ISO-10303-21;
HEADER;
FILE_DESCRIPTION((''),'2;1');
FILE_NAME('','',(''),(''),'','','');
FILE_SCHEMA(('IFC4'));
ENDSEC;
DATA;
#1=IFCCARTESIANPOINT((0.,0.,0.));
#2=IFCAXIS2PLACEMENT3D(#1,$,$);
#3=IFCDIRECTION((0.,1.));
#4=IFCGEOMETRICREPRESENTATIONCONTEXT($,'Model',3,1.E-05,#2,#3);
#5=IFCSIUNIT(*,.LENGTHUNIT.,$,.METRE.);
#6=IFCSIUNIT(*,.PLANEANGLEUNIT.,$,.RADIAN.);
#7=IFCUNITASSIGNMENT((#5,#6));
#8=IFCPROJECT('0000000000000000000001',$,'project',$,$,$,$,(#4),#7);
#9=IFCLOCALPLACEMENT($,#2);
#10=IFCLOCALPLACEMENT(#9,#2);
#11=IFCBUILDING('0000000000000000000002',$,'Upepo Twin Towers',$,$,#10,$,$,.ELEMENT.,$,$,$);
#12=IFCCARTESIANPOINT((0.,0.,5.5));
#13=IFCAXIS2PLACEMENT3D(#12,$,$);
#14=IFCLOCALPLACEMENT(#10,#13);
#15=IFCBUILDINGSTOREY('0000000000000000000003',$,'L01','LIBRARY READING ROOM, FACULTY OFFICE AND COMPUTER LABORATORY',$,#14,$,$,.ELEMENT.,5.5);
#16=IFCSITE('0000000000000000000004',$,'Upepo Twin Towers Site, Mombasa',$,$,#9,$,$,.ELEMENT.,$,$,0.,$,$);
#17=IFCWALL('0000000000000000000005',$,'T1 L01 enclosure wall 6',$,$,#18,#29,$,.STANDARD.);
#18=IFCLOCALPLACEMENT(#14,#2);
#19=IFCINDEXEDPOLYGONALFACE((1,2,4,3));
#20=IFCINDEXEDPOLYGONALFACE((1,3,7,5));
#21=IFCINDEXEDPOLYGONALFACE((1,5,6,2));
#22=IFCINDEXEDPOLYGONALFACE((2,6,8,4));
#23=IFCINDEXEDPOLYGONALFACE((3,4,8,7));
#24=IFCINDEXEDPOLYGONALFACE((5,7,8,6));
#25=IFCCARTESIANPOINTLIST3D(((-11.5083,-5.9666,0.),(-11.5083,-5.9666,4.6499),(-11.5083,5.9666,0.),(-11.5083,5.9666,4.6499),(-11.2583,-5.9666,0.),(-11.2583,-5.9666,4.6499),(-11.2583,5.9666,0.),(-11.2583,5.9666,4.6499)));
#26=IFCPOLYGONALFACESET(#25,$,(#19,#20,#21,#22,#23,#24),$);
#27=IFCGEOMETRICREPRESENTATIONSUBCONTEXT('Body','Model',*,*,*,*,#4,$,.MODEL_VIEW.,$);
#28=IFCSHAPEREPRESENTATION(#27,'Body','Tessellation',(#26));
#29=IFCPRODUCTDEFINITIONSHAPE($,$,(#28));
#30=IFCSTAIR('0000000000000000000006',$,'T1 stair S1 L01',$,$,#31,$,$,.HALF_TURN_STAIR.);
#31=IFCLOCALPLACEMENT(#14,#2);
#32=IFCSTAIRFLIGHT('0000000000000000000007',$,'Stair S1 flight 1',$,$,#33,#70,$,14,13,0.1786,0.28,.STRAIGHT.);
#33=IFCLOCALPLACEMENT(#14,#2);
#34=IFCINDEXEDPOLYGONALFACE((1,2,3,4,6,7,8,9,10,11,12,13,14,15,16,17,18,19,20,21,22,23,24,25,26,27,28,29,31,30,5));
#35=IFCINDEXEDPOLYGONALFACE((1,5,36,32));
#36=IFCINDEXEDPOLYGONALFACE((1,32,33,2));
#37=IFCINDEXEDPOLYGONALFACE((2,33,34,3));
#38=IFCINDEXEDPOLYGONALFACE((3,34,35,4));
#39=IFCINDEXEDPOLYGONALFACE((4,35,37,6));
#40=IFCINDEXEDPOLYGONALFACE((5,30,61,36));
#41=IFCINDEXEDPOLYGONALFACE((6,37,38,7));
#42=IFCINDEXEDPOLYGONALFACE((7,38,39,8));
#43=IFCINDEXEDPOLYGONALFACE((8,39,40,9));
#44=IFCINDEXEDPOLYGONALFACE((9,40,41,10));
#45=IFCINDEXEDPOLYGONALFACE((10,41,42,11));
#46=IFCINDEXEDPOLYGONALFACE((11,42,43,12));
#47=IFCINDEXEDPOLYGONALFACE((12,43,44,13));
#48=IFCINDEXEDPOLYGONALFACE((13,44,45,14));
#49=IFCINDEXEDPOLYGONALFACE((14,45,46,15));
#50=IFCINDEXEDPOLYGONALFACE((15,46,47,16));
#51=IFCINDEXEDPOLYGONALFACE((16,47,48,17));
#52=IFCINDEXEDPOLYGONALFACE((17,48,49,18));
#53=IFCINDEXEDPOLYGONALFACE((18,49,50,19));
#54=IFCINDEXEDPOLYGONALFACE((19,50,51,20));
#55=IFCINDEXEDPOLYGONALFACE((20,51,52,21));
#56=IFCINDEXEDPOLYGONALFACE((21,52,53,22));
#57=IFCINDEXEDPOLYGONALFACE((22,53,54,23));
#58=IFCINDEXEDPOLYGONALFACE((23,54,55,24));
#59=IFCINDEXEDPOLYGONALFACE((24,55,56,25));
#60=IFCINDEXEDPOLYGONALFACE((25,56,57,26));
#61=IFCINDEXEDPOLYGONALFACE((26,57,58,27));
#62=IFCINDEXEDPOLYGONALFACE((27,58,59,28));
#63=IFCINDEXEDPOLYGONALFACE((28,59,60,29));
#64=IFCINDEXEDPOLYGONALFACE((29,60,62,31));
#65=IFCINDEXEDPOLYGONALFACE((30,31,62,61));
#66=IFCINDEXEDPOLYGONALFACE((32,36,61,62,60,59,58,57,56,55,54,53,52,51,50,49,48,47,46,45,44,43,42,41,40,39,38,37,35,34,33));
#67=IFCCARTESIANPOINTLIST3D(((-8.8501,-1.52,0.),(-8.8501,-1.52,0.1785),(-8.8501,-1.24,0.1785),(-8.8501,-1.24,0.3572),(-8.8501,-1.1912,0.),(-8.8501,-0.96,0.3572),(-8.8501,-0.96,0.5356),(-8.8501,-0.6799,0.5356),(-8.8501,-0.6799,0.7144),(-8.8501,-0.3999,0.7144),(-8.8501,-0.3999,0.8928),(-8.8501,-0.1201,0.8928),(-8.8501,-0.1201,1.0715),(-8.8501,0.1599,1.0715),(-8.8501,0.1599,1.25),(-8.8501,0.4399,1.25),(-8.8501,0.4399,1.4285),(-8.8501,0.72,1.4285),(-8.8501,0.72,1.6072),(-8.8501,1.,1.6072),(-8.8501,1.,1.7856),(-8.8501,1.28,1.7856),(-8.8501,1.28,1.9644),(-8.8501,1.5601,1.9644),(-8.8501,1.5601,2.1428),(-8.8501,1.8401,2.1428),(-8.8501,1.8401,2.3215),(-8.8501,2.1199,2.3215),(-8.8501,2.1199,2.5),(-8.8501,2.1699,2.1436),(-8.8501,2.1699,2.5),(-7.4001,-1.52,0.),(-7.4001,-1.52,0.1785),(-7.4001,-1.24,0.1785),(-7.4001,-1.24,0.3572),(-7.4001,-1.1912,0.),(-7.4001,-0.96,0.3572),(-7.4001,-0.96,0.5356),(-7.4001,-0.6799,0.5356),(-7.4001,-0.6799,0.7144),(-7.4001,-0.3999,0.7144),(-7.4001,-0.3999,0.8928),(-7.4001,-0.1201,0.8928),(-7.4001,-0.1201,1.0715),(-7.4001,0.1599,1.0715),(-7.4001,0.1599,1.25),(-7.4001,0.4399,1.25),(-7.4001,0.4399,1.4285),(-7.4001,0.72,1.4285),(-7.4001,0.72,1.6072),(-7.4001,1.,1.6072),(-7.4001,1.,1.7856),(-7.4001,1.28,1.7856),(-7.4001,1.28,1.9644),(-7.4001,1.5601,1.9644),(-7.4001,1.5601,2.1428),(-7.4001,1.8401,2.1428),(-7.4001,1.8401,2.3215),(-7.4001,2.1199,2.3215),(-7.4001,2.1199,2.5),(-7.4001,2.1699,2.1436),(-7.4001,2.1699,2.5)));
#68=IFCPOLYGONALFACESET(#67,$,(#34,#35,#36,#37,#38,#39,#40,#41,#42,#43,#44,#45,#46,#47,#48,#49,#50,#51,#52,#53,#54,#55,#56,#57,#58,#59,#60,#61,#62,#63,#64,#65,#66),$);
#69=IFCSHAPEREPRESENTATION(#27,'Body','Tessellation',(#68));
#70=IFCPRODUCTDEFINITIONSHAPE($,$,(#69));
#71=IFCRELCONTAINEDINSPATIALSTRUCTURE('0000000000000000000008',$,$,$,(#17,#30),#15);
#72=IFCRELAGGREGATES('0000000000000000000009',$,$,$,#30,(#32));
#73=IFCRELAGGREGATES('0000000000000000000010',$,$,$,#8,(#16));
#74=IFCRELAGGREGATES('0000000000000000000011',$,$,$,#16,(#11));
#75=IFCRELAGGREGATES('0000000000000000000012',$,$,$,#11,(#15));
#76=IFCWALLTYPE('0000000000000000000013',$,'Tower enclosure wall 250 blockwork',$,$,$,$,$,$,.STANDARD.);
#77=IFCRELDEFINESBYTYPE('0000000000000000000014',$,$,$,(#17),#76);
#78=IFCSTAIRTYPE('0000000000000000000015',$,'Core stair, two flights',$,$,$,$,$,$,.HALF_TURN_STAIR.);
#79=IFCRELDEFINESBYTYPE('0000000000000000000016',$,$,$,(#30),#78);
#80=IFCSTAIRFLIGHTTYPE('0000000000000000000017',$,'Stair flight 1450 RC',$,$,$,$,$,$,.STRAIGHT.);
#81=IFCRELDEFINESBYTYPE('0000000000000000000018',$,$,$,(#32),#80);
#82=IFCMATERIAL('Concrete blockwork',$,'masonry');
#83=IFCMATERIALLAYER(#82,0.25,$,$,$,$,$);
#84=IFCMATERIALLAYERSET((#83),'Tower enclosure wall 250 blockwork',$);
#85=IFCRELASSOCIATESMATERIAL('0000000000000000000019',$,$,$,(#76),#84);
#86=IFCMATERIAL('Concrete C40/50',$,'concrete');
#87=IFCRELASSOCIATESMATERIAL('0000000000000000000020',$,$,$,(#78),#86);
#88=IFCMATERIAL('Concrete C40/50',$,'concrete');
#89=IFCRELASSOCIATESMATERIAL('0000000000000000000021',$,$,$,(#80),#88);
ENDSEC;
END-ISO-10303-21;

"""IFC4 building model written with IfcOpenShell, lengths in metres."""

from ifc_helpers import new_model, si_unit, direction, frame, frame_2d, origin, place, context, subcontext, project, spatial, polyline, rectangle, outline, extrude, material, layer, layer_set, type_object, element, aggregate, save


model = new_model("IFC4")

# Units and contexts
model_context = context("Model", 3, precision=1e-05, world=origin(), true_north=direction((0.0, 1.0)))
body_context = subcontext(model_context, "Body", "Model", "MODEL_VIEW")
ifc_project = project(units=[si_unit("LENGTHUNIT", "METRE"), si_unit("PLANEANGLEUNIT", "RADIAN")], contexts=[model_context])

# Site, building, storey
site_placement = place(None, origin())
site = spatial("IfcSite", under=ifc_project, at=site_placement, Name="Upepo Twin Towers Site, Mombasa", CompositionType="ELEMENT", RefElevation=0.0)
building_placement = place(site_placement, origin())
building = spatial("IfcBuilding", under=site, at=building_placement, Name="Upepo Twin Towers", CompositionType="ELEMENT")
storey_placement = place(building_placement, frame((0.0, 0.0, 5.5)))
storey = spatial("IfcBuildingStorey", under=building, at=storey_placement, Name="L01", Description="LIBRARY READING ROOM, FACULTY OFFICE AND COMPUTER LABORATORY", CompositionType="ELEMENT", Elevation=5.5)

# Wall
ifc_material_1 = material(Name="Concrete blockwork", Category="masonry")
ifc_layer_1 = layer(ifc_material_1, 0.25)
ifc_layer_set_1 = layer_set([ifc_layer_1], Name="Tower enclosure wall 250 blockwork")
wall_type_1 = type_object("IfcWallType", Name="Tower enclosure wall 250 blockwork", PredefinedType="STANDARD", material=ifc_layer_set_1)
wall_1_placement = place(storey_placement, frame((-11.3833, -5.9666, 0.0), z_axis=(0.0, 0.0, 1.0), x_axis=(0.0, 1.0, 0.0)))
element("IfcWall", 1, at=wall_1_placement, inside=storey, type_object=wall_type_1, Name="T1 L01 enclosure wall 6", PredefinedType="STANDARD", context=body_context, shape_type="SweptSolid", body=[
    extrude(rectangle(XDim=11.9331, YDim=0.25, at=frame_2d((5.9666, 0.0))), origin(), (0.0, 0.0, 1.0), 4.6499),
])

# Stair, stair flight
ifc_material_2 = material(Name="Concrete C40/50", Category="concrete")
stair_type = type_object("IfcStairType", Name="Core stair, two flights", PredefinedType="HALF_TURN_STAIR", material=ifc_material_2)
stair_placement = place(storey_placement, origin())
stair = element("IfcStair", 2, at=stair_placement, inside=storey, type_object=stair_type, Name="T1 stair S1 L01", PredefinedType="HALF_TURN_STAIR")
ifc_material_3 = material(Name="Concrete C40/50", Category="concrete")
stair_flight_type = type_object("IfcStairFlightType", Name="Stair flight 1450 RC", PredefinedType="STRAIGHT", material=ifc_material_3)
stair_flight_placement = place(storey_placement, frame((-8.125, -1.52, 0.0), z_axis=(0.0, 0.0, 1.0), x_axis=(0.0, 1.0, 0.0)))
stair_flight = element("IfcStairFlight", 3, at=stair_flight_placement, type_object=stair_flight_type, Name="Stair S1 flight 1", NumberOfRisers=14, NumberOfTreads=13, PredefinedType="STRAIGHT", RiserHeight=0.1786, TreadLength=0.28, context=body_context, shape_type="SweptSolid", body=[
    extrude(outline(polyline([(0.0, 0.0), (0.0, 0.1785), (0.28, 0.1785), (0.28, 0.3572), (0.5601, 0.3572), (0.5601, 0.5356), (0.8401, 0.5356), (0.8401, 0.7144), (1.1201, 0.7144), (1.1201, 0.8928), (1.3999, 0.8928), (1.3999, 1.0715), (1.6799, 1.0715), (1.6799, 1.25), (1.96, 1.25), (1.96, 1.4285), (2.24, 1.4285), (2.24, 1.6072), (2.52, 1.6072), (2.52, 1.7856), (2.8, 1.7856), (2.8, 1.9644), (3.0801, 1.9644), (3.0801, 2.1428), (3.3601, 2.1428), (3.3601, 2.3215), (3.6399, 2.3215), (3.6399, 2.5), (3.6899, 2.5), (3.6899, 2.1436), (0.3289, 0.0), (0.0, 0.0)])), frame((0.0, 0.7251, 0.0), z_axis=(0.0, -1.0, 0.0), x_axis=(1.0, 0.0, 0.0)), (0.0, 0.0, 1.0), 1.45),
])
aggregate(stair, [stair_flight])

save(model, "model.ifc")
